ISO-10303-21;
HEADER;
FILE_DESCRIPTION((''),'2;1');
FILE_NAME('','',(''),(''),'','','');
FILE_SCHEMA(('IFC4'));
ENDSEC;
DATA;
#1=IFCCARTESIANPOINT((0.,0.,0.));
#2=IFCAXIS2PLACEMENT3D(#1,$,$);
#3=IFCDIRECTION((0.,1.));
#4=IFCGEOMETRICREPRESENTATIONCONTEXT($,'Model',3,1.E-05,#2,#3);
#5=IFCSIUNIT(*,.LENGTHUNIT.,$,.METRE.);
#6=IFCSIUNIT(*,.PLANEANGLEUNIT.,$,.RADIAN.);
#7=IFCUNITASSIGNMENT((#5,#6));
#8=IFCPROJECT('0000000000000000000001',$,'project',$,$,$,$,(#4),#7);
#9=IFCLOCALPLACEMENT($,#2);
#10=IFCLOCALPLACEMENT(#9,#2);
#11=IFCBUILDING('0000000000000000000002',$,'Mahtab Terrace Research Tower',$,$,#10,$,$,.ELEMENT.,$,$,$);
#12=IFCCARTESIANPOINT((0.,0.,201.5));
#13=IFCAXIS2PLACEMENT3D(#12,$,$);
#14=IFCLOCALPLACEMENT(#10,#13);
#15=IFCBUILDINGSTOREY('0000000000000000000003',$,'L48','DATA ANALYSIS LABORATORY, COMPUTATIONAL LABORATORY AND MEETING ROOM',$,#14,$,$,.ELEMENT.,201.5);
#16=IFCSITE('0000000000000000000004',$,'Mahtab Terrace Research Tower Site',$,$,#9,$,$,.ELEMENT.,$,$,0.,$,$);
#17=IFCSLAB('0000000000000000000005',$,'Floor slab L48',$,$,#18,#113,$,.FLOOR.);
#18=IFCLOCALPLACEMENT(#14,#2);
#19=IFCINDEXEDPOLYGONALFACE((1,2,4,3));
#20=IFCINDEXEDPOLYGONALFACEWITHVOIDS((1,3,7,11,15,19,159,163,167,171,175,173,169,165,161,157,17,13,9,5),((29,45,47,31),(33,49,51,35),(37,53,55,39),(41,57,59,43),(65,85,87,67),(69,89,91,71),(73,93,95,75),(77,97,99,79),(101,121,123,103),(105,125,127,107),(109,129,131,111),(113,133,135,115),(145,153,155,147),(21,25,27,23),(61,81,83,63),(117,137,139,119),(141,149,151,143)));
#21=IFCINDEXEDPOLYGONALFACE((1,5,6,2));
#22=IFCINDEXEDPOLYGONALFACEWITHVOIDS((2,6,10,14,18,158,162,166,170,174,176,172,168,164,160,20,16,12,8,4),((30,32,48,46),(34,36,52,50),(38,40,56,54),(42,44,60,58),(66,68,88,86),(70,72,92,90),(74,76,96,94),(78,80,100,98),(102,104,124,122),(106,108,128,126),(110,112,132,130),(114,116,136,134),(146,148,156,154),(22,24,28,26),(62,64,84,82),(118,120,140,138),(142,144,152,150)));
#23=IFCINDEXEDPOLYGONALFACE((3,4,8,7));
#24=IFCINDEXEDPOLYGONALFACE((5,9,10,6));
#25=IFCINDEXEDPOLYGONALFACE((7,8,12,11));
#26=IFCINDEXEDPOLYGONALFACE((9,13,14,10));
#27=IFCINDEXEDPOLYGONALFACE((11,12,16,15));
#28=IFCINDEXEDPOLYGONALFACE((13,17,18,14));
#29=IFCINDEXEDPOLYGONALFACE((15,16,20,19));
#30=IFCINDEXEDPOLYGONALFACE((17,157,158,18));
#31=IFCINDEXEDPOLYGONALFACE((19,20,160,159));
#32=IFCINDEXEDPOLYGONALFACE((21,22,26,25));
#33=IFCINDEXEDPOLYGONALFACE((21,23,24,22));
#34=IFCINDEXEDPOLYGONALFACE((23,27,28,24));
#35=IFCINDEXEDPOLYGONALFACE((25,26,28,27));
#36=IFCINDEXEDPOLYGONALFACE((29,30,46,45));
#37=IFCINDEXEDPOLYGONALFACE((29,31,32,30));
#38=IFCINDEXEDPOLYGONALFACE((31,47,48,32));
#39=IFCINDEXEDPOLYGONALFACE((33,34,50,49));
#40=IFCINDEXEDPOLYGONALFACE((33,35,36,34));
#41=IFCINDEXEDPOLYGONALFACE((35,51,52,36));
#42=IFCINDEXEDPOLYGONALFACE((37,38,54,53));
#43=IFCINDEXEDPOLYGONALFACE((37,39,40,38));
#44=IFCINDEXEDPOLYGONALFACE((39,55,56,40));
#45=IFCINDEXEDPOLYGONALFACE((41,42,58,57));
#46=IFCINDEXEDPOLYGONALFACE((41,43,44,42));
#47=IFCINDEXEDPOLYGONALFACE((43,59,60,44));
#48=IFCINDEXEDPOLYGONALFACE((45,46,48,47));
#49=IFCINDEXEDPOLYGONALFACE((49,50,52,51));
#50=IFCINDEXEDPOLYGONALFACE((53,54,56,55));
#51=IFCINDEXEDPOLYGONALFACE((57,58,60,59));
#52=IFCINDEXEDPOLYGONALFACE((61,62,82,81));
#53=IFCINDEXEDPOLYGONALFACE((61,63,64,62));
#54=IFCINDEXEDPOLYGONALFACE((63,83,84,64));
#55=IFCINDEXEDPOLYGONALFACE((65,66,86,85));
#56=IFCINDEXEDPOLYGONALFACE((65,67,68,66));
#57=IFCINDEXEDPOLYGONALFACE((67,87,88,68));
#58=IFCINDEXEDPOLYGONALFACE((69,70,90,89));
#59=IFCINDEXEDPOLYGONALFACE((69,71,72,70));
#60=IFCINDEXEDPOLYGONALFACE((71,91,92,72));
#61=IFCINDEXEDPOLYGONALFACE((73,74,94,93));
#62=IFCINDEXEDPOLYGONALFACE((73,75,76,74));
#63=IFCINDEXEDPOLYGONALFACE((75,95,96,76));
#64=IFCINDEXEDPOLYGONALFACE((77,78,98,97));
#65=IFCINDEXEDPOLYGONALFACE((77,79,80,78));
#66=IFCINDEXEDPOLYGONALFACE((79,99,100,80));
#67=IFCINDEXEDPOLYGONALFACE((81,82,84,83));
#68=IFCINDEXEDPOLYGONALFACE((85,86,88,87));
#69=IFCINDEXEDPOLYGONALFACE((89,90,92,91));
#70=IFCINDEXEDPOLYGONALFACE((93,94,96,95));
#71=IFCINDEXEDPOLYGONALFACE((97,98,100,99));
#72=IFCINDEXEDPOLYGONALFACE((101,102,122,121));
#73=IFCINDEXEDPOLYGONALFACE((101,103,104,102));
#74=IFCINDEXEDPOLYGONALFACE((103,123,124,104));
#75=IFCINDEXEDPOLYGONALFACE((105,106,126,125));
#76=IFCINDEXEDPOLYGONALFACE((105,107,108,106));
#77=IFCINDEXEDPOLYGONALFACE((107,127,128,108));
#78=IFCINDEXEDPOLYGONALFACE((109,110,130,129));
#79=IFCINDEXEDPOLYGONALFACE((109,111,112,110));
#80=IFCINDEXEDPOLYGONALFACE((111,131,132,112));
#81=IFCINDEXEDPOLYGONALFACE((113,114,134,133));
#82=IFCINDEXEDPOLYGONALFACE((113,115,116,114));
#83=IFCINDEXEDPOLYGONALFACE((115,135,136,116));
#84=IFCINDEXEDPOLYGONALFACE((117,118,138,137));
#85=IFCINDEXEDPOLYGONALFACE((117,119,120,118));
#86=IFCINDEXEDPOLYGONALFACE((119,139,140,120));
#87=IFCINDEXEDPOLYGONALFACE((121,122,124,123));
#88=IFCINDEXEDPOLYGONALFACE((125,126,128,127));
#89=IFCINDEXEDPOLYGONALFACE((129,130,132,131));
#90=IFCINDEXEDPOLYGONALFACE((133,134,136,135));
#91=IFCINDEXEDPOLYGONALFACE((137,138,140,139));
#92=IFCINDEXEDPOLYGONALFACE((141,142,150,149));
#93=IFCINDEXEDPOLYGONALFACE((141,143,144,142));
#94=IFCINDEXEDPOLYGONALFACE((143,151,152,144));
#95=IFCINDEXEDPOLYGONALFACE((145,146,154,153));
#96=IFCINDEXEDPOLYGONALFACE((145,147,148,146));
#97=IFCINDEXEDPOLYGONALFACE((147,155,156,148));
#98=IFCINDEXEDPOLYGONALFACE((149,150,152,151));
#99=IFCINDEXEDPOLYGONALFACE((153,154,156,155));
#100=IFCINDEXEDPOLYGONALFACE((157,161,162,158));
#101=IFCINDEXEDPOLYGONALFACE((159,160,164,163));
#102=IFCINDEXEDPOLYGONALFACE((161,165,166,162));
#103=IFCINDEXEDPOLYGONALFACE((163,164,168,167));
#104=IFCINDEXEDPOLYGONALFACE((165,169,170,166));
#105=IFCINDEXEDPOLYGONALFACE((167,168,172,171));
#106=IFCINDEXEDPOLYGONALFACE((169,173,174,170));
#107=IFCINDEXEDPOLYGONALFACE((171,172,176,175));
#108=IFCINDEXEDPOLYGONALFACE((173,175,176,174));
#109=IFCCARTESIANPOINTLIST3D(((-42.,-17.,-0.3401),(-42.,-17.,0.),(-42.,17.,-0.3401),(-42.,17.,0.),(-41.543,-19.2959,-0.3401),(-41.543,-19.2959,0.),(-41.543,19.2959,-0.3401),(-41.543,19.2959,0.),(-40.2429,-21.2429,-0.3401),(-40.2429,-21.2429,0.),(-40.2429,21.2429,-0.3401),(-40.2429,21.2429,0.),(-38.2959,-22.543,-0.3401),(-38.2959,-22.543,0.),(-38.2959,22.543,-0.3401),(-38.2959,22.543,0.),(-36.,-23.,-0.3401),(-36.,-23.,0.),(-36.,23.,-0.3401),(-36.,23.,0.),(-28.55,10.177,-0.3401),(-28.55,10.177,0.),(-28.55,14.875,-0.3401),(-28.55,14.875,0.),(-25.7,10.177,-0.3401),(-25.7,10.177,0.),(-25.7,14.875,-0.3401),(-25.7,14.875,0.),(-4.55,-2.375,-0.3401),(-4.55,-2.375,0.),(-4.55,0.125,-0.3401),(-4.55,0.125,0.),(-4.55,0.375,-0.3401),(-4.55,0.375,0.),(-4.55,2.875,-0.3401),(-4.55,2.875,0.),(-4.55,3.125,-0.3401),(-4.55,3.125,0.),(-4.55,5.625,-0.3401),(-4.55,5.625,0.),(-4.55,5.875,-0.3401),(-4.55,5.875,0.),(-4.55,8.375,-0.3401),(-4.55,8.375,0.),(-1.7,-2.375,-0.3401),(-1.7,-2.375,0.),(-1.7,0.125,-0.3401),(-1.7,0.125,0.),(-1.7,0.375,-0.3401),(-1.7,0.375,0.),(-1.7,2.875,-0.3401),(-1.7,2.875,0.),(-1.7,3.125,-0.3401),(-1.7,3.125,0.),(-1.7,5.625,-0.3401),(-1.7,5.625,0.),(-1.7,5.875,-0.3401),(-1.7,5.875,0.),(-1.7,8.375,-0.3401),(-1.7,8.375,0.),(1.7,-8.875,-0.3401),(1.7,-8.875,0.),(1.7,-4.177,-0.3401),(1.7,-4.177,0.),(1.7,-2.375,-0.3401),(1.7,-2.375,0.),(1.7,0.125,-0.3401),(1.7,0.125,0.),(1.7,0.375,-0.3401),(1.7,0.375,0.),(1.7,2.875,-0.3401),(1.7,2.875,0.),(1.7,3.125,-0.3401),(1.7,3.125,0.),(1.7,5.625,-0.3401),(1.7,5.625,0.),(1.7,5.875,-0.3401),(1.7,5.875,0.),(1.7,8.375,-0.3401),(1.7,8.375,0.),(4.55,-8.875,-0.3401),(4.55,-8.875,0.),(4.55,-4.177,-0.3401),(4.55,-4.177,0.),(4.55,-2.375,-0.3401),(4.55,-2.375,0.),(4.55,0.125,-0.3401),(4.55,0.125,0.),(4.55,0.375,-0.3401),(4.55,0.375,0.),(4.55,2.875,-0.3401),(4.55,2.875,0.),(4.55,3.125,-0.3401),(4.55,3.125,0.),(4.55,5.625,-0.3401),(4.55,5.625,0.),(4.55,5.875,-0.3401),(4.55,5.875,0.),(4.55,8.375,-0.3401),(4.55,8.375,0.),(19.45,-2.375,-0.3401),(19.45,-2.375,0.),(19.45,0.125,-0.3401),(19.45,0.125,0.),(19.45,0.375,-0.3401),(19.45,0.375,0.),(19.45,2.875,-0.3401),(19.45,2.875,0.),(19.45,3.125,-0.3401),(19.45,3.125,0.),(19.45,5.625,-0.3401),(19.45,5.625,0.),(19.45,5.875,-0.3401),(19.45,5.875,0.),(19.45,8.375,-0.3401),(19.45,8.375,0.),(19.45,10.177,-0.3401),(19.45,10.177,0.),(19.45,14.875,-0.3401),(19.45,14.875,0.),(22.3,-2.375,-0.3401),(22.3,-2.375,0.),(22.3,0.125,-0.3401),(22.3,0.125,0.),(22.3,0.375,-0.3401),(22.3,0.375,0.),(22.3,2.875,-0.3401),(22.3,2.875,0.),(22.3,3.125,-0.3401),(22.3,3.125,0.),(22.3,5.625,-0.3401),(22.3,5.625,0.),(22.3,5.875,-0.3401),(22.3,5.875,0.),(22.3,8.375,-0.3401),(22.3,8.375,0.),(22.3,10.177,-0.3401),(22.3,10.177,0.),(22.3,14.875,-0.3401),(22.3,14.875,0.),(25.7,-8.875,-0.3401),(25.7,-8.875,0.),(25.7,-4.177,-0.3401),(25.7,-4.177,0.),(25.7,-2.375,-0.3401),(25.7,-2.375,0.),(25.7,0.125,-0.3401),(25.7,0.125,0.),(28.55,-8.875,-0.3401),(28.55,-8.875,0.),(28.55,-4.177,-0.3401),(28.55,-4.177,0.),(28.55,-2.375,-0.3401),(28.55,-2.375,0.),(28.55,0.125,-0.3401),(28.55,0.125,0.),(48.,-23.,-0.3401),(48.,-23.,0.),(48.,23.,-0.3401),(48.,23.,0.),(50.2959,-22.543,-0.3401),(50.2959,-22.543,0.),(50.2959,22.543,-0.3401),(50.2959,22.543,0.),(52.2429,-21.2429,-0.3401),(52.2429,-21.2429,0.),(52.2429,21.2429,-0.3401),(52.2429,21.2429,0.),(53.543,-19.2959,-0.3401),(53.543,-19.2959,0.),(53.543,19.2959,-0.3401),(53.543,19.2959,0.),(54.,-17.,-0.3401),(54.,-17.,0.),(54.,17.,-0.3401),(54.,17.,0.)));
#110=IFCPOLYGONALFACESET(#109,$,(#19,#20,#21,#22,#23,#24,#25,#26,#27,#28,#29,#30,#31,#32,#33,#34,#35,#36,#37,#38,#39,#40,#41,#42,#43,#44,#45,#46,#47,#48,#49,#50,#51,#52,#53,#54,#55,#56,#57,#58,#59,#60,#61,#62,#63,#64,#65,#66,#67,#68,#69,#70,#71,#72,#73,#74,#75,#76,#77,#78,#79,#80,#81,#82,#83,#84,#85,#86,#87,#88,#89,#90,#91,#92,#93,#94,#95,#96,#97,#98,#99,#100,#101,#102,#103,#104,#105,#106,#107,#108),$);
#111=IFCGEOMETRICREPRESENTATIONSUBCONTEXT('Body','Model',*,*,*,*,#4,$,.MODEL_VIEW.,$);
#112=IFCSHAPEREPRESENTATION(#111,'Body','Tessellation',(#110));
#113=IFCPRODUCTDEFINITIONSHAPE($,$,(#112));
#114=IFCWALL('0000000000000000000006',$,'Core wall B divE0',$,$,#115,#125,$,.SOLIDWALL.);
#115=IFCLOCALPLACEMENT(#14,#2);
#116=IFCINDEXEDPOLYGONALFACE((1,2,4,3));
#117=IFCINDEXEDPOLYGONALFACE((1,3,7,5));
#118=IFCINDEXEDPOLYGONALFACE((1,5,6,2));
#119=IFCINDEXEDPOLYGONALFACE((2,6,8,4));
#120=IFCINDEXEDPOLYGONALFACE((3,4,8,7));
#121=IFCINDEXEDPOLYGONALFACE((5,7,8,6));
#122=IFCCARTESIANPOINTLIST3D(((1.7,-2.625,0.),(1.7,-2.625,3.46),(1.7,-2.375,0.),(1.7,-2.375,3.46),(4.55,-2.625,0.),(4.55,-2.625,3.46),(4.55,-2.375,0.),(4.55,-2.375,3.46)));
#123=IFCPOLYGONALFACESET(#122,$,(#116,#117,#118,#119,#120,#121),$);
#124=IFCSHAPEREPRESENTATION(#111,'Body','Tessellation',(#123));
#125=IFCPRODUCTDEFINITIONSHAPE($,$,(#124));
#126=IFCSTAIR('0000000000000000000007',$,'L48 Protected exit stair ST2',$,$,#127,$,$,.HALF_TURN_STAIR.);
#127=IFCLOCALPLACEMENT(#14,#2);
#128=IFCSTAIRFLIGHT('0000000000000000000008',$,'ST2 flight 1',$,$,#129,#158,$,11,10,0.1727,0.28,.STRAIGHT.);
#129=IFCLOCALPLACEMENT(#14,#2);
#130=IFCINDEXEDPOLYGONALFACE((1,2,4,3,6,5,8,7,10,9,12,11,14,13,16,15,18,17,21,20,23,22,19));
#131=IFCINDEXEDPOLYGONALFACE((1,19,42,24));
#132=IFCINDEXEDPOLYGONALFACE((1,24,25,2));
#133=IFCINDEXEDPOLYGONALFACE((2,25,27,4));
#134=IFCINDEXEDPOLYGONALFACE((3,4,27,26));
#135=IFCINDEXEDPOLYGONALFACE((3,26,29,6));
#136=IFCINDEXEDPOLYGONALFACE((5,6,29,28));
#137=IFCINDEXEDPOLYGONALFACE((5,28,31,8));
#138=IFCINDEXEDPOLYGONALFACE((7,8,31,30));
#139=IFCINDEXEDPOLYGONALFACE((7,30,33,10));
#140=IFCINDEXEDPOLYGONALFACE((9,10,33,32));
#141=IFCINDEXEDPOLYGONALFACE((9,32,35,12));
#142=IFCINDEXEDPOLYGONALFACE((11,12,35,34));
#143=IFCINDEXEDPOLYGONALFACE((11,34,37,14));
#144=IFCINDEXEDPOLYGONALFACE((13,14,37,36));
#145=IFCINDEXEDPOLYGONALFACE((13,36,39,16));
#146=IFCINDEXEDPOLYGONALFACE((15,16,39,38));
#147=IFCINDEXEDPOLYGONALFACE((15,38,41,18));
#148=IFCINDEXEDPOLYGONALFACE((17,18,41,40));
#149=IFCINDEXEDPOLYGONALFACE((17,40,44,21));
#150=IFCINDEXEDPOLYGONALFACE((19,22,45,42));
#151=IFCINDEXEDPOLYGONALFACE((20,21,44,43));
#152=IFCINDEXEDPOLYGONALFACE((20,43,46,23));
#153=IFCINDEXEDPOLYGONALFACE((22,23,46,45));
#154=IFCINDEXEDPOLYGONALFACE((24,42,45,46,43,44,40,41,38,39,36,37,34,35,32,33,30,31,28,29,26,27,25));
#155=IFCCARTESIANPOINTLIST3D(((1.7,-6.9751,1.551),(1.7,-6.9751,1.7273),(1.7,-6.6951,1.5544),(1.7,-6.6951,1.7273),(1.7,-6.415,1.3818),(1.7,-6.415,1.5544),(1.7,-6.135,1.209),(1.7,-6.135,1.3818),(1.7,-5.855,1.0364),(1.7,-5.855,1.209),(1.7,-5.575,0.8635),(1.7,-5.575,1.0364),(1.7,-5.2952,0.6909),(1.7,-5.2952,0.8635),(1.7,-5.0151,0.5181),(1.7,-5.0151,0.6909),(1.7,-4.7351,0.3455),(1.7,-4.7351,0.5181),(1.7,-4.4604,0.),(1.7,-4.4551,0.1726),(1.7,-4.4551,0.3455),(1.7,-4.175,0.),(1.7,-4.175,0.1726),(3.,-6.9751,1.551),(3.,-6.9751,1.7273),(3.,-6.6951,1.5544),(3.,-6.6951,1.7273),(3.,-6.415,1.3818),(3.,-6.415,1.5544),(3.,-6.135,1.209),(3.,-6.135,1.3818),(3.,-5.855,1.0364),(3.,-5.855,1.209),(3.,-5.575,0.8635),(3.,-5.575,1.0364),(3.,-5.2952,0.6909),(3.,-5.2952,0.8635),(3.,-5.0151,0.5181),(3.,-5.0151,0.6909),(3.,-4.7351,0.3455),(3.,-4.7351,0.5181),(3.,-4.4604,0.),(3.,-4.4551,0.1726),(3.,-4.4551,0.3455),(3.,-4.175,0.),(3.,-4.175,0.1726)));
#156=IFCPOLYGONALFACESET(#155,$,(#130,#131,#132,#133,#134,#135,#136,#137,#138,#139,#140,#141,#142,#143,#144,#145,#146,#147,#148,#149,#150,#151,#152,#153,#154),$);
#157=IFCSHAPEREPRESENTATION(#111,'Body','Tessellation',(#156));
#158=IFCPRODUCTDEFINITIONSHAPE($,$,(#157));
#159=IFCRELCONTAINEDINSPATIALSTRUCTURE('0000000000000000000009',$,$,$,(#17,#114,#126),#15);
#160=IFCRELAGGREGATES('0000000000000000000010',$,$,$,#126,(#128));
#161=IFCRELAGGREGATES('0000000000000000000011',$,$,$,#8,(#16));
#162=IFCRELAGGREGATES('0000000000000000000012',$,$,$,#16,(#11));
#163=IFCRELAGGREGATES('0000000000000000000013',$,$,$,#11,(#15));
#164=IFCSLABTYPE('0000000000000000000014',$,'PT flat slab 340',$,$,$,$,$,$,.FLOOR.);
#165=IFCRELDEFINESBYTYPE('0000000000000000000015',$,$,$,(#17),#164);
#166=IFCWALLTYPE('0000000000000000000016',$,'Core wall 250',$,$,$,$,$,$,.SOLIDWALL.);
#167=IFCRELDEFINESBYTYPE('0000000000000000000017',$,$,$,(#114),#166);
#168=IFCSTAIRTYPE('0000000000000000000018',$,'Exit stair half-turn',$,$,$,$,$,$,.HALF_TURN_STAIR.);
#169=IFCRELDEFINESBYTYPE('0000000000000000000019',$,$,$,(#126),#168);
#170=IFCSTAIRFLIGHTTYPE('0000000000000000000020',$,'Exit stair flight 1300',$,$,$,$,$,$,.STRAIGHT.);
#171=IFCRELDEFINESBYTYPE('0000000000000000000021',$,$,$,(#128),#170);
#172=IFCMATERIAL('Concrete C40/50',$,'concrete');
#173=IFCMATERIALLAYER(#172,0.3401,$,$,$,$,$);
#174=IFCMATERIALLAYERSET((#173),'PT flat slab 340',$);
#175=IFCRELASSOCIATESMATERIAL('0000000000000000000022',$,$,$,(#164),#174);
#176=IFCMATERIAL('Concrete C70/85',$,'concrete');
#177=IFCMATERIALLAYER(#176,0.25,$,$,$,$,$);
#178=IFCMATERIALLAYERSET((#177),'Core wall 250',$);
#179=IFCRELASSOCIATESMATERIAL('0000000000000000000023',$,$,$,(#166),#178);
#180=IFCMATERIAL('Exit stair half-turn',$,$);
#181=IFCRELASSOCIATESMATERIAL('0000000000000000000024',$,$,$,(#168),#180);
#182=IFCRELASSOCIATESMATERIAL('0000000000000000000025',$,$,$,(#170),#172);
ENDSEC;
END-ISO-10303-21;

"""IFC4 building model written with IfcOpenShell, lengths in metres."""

from ifc_helpers import new_model, si_unit, direction, frame, frame_2d, origin, place, context, subcontext, project, spatial, polyline, rectangle, outline, extrude, material, layer, layer_set, type_object, element, aggregate, save


model = new_model("IFC4")

# Units and contexts
model_context = context("Model", 3, precision=1e-05, world=origin(), true_north=direction((0.0, 1.0)))
body_context = subcontext(model_context, "Body", "Model", "MODEL_VIEW")
ifc_project = project(units=[si_unit("LENGTHUNIT", "METRE"), si_unit("PLANEANGLEUNIT", "RADIAN")], contexts=[model_context])

# Site, building, storey
site_placement = place(None, origin())
site = spatial("IfcSite", under=ifc_project, at=site_placement, Name="Mahtab Terrace Research Tower Site", CompositionType="ELEMENT", RefElevation=0.0)
building_placement = place(site_placement, origin())
building = spatial("IfcBuilding", under=site, at=building_placement, Name="Mahtab Terrace Research Tower", CompositionType="ELEMENT")
storey_placement = place(building_placement, frame((0.0, 0.0, 201.5)))
storey = spatial("IfcBuildingStorey", under=building, at=storey_placement, Name="L48", Description="DATA ANALYSIS LABORATORY, COMPUTATIONAL LABORATORY AND MEETING ROOM", CompositionType="ELEMENT", Elevation=201.5)

# Slab
ifc_material_1 = material(Name="Concrete C40/50", Category="concrete")
ifc_layer_1 = layer(ifc_material_1, 0.3401)
ifc_layer_set_1 = layer_set([ifc_layer_1], Name="PT flat slab 340")
slab_type = type_object("IfcSlabType", Name="PT flat slab 340", PredefinedType="FLOOR", material=ifc_layer_set_1)
slab_placement = place(storey_placement, frame((0.0, 0.0, -0.3401)))
element("IfcSlab", 1, at=slab_placement, inside=storey, type_object=slab_type, Name="Floor slab L48", PredefinedType="FLOOR", context=body_context, shape_type="SweptSolid", body=[
    extrude(outline(polyline([(53.543, 19.2959), (52.2429, 21.2429), (50.2959, 22.543), (48.0, 23.0), (-36.0, 23.0), (-38.2959, 22.543), (-40.2429, 21.2429), (-41.543, 19.2959), (-42.0, 17.0), (-42.0, -17.0), (-41.543, -19.2959), (-40.2429, -21.2429), (-38.2959, -22.543), (-36.0, -23.0), (48.0, -23.0), (50.2959, -22.543), (52.2429, -21.2429), (53.543, -19.2959), (54.0, -17.0), (54.0, 17.0), (53.543, 19.2959)]), holes=[polyline([(-4.55, -2.375), (-4.55, 0.125), (-1.7, 0.125), (-1.7, -2.375), (-4.55, -2.375)]), polyline([(1.7, -2.375), (1.7, 0.125), (4.55, 0.125), (4.55, -2.375), (1.7, -2.375)]), polyline([(-4.55, 0.375), (-4.55, 2.875), (-1.7, 2.875), (-1.7, 0.375), (-4.55, 0.375)]), polyline([(1.7, 0.375), (1.7, 2.875), (4.55, 2.875), (4.55, 0.375), (1.7, 0.375)]), polyline([(-4.55, 3.125), (-4.55, 5.625), (-1.7, 5.625), (-1.7, 3.125), (-4.55, 3.125)]), polyline([(1.7, 3.125), (1.7, 5.625), (4.55, 5.625), (4.55, 3.125), (1.7, 3.125)]), polyline([(-4.55, 5.875), (-4.55, 8.375), (-1.7, 8.375), (-1.7, 5.875), (-4.55, 5.875)]), polyline([(1.7, 5.875), (1.7, 8.375), (4.55, 8.375), (4.55, 5.875), (1.7, 5.875)]), polyline([(-28.55, 10.177), (-28.55, 14.875), (-25.7, 14.875), (-25.7, 10.177), (-28.55, 10.177)]), polyline([(1.7, -8.875), (1.7, -4.177), (4.55, -4.177), (4.55, -8.875), (1.7, -8.875)]), polyline([(25.7, -8.875), (25.7, -4.177), (28.55, -4.177), (28.55, -8.875), (25.7, -8.875)]), polyline([(19.45, -2.375), (19.45, 0.125), (22.3, 0.125), (22.3, -2.375), (19.45, -2.375)]), polyline([(25.7, -2.375), (25.7, 0.125), (28.55, 0.125), (28.55, -2.375), (25.7, -2.375)]), polyline([(19.45, 0.375), (19.45, 2.875), (22.3, 2.875), (22.3, 0.375), (19.45, 0.375)]), polyline([(19.45, 3.125), (19.45, 5.625), (22.3, 5.625), (22.3, 3.125), (19.45, 3.125)]), polyline([(19.45, 8.375), (22.3, 8.375), (22.3, 5.875), (19.45, 5.875), (19.45, 8.375)]), polyline([(19.45, 14.875), (22.3, 14.875), (22.3, 10.177), (19.45, 10.177), (19.45, 14.875)])]), origin(), (0.0, 0.0, 1.0), 0.3401),
])

# Wall
ifc_material_2 = material(Name="Concrete C70/85", Category="concrete")
ifc_layer_2 = layer(ifc_material_2, 0.25)
ifc_layer_set_2 = layer_set([ifc_layer_2], Name="Core wall 250")
wall_type = type_object("IfcWallType", Name="Core wall 250", PredefinedType="SOLIDWALL", material=ifc_layer_set_2)
wall_placement = place(storey_placement, frame((1.7, -2.5, 0.0), z_axis=(0.0, 0.0, 1.0), x_axis=(1.0, 0.0, 0.0)))
element("IfcWall", 2, at=wall_placement, inside=storey, type_object=wall_type, Name="Core wall B divE0", PredefinedType="SOLIDWALL", context=body_context, shape_type="SweptSolid", body=[
    extrude(rectangle(XDim=2.8501, YDim=0.25, at=frame_2d((1.425, 0.0))), origin(), (0.0, 0.0, 1.0), 3.46),
])

# Stair, stair flight
ifc_material_3 = material(Name="Exit stair half-turn")
stair_type = type_object("IfcStairType", Name="Exit stair half-turn", PredefinedType="HALF_TURN_STAIR", material=ifc_material_3)
stair_placement = place(storey_placement, origin())
stair = element("IfcStair", 3, at=stair_placement, inside=storey, type_object=stair_type, Name="L48 Protected exit stair ST2", PredefinedType="HALF_TURN_STAIR")
stair_flight_type = type_object("IfcStairFlightType", Name="Exit stair flight 1300", PredefinedType="STRAIGHT", material=ifc_material_1)
stair_flight_1_placement = place(storey_placement, frame((2.3501, -4.175, 0.0), z_axis=(0.0, 0.0, 1.0), x_axis=(0.0, -1.0, 0.0)))
stair_flight_1 = element("IfcStairFlight", 4, at=stair_flight_1_placement, type_object=stair_flight_type, Name="ST2 flight 1", NumberOfRisers=11, NumberOfTreads=10, PredefinedType="STRAIGHT", RiserHeight=0.1727, TreadLength=0.28, context=body_context, shape_type="SweptSolid", body=[
    extrude(outline(polyline([(0.0, 0.0), (0.0, 0.1726), (0.28, 0.1726), (0.28, 0.3455), (0.5601, 0.3455), (0.5601, 0.5181), (0.8401, 0.5181), (0.8401, 0.6909), (1.1201, 0.6909), (1.1201, 0.8635), (1.3999, 0.8635), (1.3999, 1.0364), (1.6799, 1.0364), (1.6799, 1.209), (1.96, 1.209), (1.96, 1.3818), (2.24, 1.3818), (2.24, 1.5544), (2.52, 1.5544), (2.52, 1.7273), (2.8, 1.7273), (2.8, 1.8999), (2.8, 1.551), (0.2854, 0.0), (0.0, 0.0)])), frame((0.0, 0.6499, 0.0), z_axis=(0.0, -1.0, 0.0), x_axis=(1.0, 0.0, 0.0)), (0.0, 0.0, 1.0), 1.3),
])
aggregate(stair, [stair_flight_1])

save(model, "model.ifc")
